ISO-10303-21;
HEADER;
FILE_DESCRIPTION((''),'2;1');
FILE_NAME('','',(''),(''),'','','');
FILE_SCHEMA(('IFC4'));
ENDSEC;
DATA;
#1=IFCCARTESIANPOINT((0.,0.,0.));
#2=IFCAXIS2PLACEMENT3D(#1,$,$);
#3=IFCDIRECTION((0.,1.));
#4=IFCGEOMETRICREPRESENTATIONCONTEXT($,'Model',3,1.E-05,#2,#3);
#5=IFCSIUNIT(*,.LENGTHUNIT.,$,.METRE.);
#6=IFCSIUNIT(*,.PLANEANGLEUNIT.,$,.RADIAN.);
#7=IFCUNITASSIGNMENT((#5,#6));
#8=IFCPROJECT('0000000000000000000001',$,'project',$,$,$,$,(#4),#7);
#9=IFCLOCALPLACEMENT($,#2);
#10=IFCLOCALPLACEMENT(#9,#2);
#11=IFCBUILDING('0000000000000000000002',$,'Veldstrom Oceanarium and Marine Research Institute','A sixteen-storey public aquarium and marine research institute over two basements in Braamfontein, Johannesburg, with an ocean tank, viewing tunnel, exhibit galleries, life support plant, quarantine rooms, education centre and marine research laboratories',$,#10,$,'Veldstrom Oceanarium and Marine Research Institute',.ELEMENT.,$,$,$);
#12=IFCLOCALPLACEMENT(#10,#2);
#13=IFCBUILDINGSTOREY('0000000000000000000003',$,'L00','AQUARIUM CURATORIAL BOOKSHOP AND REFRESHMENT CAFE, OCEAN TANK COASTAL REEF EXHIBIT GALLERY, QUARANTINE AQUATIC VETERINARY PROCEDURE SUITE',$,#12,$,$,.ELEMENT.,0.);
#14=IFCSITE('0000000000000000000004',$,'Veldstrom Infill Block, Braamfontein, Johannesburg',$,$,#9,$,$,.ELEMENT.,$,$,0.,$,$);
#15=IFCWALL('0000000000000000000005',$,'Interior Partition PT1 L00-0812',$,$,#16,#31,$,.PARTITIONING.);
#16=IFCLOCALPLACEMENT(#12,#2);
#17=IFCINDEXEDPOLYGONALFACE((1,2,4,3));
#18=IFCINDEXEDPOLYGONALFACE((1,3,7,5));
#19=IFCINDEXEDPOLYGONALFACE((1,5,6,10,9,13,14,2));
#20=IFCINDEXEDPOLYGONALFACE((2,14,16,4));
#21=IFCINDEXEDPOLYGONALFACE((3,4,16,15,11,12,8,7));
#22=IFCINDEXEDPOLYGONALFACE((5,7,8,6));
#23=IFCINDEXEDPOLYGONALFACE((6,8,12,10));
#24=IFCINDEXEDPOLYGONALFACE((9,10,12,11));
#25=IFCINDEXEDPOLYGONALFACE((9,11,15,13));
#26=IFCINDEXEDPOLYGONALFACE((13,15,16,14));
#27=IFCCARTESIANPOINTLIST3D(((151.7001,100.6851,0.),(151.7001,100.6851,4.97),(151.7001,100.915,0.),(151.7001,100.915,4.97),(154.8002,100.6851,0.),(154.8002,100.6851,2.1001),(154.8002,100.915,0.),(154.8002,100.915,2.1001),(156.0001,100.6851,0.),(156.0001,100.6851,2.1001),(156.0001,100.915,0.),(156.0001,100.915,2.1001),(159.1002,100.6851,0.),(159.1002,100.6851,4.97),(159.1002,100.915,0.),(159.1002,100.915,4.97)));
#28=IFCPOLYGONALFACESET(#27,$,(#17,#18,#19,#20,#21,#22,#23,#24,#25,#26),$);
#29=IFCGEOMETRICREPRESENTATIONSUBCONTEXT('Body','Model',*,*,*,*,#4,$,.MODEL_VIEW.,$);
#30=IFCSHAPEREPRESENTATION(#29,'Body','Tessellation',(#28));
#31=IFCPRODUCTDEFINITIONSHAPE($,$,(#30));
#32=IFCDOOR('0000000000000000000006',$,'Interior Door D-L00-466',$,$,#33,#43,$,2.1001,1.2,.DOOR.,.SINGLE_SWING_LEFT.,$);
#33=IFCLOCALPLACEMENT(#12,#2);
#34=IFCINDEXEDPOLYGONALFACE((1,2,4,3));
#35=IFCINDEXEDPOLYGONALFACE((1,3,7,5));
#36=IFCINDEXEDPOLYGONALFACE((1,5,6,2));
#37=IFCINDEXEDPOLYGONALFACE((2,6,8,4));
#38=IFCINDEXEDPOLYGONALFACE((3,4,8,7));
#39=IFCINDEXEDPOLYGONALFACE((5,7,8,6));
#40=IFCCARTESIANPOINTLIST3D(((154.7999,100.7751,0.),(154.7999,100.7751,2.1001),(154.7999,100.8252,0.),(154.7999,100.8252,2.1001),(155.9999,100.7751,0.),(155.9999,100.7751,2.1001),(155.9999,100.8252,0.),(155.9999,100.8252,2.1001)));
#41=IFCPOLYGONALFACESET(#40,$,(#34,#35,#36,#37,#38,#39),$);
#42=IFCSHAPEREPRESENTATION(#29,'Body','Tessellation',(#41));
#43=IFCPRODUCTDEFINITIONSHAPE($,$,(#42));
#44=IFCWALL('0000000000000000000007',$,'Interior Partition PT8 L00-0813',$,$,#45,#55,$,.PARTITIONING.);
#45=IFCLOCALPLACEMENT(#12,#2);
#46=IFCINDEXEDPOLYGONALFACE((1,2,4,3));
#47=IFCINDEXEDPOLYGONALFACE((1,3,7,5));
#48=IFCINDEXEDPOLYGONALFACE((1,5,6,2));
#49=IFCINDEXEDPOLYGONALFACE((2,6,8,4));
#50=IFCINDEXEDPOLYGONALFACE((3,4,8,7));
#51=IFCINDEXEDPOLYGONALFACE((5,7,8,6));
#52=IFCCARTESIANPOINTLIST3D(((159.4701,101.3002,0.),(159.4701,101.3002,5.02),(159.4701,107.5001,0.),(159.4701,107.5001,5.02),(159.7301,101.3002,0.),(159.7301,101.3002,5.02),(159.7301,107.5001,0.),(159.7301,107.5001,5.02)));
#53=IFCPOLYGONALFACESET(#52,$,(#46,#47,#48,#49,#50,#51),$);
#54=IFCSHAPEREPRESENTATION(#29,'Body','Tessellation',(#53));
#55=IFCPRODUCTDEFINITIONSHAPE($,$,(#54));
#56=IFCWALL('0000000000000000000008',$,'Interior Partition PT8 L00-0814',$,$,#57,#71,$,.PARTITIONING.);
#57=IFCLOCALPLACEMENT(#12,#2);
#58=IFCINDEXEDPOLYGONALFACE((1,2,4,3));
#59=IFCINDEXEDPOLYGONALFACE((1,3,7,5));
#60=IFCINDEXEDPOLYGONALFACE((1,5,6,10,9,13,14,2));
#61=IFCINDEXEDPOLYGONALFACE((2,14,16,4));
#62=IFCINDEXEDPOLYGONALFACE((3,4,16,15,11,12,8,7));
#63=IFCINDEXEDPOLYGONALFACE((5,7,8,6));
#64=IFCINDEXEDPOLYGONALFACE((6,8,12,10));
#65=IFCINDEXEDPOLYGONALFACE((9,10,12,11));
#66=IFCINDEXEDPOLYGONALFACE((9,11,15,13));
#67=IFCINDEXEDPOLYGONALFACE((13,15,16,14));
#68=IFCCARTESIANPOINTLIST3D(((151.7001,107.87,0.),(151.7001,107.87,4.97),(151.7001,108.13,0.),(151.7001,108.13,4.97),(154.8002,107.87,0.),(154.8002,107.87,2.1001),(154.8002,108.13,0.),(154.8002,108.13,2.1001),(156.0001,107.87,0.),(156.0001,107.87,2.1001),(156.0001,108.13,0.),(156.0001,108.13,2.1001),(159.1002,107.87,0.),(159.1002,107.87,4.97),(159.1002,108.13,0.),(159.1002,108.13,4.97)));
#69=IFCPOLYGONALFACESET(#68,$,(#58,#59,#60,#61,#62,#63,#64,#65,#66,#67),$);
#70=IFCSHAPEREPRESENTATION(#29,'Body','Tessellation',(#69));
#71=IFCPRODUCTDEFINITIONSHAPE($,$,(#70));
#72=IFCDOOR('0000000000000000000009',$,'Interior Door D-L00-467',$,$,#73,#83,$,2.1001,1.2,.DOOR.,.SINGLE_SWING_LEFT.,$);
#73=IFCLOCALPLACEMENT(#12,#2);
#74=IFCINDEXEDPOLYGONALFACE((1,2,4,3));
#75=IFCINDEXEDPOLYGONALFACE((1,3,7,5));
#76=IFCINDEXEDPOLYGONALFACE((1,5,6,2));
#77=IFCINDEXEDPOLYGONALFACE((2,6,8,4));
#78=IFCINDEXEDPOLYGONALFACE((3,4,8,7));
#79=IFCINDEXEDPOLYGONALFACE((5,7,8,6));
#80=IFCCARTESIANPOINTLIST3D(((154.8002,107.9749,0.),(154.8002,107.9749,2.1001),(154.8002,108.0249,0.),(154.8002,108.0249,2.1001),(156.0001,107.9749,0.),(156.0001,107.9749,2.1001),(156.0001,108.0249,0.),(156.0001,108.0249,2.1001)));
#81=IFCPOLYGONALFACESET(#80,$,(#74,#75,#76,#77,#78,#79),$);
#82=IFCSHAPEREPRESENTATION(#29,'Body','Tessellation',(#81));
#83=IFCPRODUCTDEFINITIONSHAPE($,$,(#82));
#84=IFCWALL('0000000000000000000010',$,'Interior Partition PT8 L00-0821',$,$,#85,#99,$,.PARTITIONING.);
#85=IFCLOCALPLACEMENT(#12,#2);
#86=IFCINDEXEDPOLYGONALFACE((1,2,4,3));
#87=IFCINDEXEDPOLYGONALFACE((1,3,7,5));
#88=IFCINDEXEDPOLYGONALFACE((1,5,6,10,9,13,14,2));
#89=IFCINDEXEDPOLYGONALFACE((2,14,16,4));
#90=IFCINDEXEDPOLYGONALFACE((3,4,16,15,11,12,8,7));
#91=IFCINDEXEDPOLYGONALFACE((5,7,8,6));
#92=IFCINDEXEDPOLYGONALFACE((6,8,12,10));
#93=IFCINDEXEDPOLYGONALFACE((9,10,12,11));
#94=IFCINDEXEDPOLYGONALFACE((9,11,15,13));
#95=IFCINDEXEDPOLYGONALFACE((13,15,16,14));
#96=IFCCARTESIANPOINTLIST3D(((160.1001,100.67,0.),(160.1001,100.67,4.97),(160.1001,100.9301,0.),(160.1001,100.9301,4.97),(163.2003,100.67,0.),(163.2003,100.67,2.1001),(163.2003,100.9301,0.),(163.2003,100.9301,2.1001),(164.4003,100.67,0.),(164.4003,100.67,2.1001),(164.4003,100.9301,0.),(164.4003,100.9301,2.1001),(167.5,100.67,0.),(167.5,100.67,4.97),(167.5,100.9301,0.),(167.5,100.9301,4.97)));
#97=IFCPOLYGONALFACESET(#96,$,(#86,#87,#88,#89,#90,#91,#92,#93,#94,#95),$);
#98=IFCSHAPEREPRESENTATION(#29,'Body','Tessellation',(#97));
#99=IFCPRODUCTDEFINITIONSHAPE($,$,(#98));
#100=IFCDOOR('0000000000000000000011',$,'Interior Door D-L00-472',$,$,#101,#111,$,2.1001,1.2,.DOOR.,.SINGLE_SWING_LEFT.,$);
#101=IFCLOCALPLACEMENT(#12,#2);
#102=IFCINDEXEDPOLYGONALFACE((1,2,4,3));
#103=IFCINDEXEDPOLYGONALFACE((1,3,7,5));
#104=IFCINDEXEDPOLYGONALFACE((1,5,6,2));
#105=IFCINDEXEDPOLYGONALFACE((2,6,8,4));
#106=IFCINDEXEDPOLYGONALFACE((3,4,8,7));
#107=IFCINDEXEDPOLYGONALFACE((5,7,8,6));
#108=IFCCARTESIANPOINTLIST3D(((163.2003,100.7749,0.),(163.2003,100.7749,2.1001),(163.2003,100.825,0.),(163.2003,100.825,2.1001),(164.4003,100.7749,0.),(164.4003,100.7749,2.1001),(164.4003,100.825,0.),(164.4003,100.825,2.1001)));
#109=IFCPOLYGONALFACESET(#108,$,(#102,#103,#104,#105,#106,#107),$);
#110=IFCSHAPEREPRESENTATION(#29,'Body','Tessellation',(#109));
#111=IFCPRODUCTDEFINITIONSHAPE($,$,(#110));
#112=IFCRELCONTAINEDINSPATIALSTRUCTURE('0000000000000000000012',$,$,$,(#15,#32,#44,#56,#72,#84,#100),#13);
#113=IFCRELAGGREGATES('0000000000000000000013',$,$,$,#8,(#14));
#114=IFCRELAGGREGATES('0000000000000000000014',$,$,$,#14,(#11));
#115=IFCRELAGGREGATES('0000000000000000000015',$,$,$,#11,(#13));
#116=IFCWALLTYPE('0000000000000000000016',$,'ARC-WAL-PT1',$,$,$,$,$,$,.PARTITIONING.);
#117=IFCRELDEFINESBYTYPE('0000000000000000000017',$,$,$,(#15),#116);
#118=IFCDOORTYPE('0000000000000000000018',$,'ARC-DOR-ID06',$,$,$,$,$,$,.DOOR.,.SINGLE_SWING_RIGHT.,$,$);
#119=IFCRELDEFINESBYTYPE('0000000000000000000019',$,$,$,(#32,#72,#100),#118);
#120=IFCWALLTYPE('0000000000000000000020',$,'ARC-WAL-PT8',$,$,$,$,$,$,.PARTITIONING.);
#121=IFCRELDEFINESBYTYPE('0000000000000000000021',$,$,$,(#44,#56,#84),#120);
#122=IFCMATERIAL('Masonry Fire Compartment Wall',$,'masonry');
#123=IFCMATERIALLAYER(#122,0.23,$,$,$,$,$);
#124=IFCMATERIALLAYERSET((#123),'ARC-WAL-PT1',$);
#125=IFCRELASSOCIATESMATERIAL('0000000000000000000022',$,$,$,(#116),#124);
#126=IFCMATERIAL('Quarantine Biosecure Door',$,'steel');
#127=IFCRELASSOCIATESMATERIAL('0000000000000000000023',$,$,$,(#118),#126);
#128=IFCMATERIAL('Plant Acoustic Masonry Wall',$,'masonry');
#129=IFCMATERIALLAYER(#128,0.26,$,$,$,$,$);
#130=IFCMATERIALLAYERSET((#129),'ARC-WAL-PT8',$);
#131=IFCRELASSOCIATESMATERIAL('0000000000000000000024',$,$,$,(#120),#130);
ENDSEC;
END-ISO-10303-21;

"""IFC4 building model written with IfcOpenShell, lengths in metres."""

from ifc_helpers import new_model, si_unit, direction, frame, frame_2d, origin, place, context, subcontext, project, spatial, rectangle, extrude, material, layer, layer_set, type_object, element, fill, save


model = new_model("IFC4")

# Units and contexts
model_context = context("Model", 3, precision=1e-05, world=origin(), true_north=direction((0.0, 1.0)))
body_context = subcontext(model_context, "Body", "Model", "MODEL_VIEW")
ifc_project = project(units=[si_unit("LENGTHUNIT", "METRE"), si_unit("PLANEANGLEUNIT", "RADIAN")], contexts=[model_context])

# Site, building, storey
site_placement = place(None, origin())
site = spatial("IfcSite", under=ifc_project, at=site_placement, Name="Veldstrom Infill Block, Braamfontein, Johannesburg", CompositionType="ELEMENT", RefElevation=0.0)
building_placement = place(site_placement, origin())
building = spatial("IfcBuilding", under=site, at=building_placement, Name="Veldstrom Oceanarium and Marine Research Institute", Description="A sixteen-storey public aquarium and marine research institute over two basements in Braamfontein, Johannesburg, with an ocean tank, viewing tunnel, exhibit galleries, life support plant, quarantine rooms, education centre and marine research laboratories", LongName="Veldstrom Oceanarium and Marine Research Institute", CompositionType="ELEMENT")
storey_placement = place(building_placement, origin())
storey = spatial("IfcBuildingStorey", under=building, at=storey_placement, Name="L00", Description="AQUARIUM CURATORIAL BOOKSHOP AND REFRESHMENT CAFE, OCEAN TANK COASTAL REEF EXHIBIT GALLERY, QUARANTINE AQUATIC VETERINARY PROCEDURE SUITE", CompositionType="ELEMENT", Elevation=0.0)

# Shared definitions
ifc_material_1 = material(Name="Masonry Fire Compartment Wall", Category="masonry")
ifc_layer_1 = layer(ifc_material_1, 0.23)
ifc_layer_set_1 = layer_set([ifc_layer_1], Name="ARC-WAL-PT1")
wall_type_1 = type_object("IfcWallType", Name="ARC-WAL-PT1", PredefinedType="PARTITIONING", material=ifc_layer_set_1)

# Wall, opening, door
wall_1_placement = place(storey_placement, frame((151.7, 100.8, 0.0), z_axis=(0.0, 0.0, 1.0), x_axis=(1.0, 0.0, 0.0)))
wall_1 = element("IfcWall", 1, at=wall_1_placement, inside=storey, type_object=wall_type_1, Name="Interior Partition PT1 L00-0812", PredefinedType="PARTITIONING", context=body_context, shape_type="SweptSolid", body=[
    extrude(rectangle(XDim=7.4001, YDim=0.23, at=frame_2d((3.7002, 0.0))), origin(), (0.0, 0.0, 1.0), 4.97),
])
opening_1_placement = place(wall_1_placement, frame((3.1001, 0.0, 0.0)))
opening_1 = element("IfcOpeningElement", 2, at=opening_1_placement, cuts=wall_1, PredefinedType="OPENING", context=body_context, shape_type="SweptSolid", body=[
    extrude(rectangle(XDim=1.2, YDim=2.1001, at=frame_2d((0.6001, 1.05))), frame((0.0, 0.125, 0.0), z_axis=(0.0, -1.0, 0.0), x_axis=(1.0, 0.0, 0.0)), (0.0, 0.0, 1.0), 0.25),
])
ifc_material_2 = material(Name="Quarantine Biosecure Door", Category="steel")
door_type_1 = type_object("IfcDoorType", Name="ARC-DOR-ID06", OperationType="SINGLE_SWING_RIGHT", PredefinedType="DOOR", material=ifc_material_2)
door_1_placement = place(opening_1_placement, frame((1.2, 0.0, 0.0), z_axis=(0.0, 0.0, 1.0), x_axis=(-1.0, 0.0, 0.0)))
door_1 = element("IfcDoor", 3, at=door_1_placement, inside=storey, type_object=door_type_1, Name="Interior Door D-L00-466", OperationType="SINGLE_SWING_LEFT", OverallHeight=2.1001, OverallWidth=1.2, PredefinedType="DOOR", context=body_context, shape_type="SweptSolid", body=[
    extrude(rectangle(XDim=1.2, YDim=2.1001, at=frame_2d((0.6001, 1.05))), frame((0.0, 0.0249, 0.0), z_axis=(0.0, -1.0, 0.0), x_axis=(1.0, 0.0, 0.0)), (0.0, 0.0, 1.0), 0.05),
])
fill(opening_1, door_1)

# Wall
ifc_material_3 = material(Name="Plant Acoustic Masonry Wall", Category="masonry")
ifc_layer_2 = layer(ifc_material_3, 0.26)
ifc_layer_set_2 = layer_set([ifc_layer_2], Name="ARC-WAL-PT8")
wall_type_2 = type_object("IfcWallType", Name="ARC-WAL-PT8", PredefinedType="PARTITIONING", material=ifc_layer_set_2)
wall_2_placement = place(storey_placement, frame((159.6001, 101.3, 0.0), z_axis=(0.0, 0.0, 1.0), x_axis=(0.0, 1.0, 0.0)))
element("IfcWall", 4, at=wall_2_placement, inside=storey, type_object=wall_type_2, Name="Interior Partition PT8 L00-0813", PredefinedType="PARTITIONING", context=body_context, shape_type="SweptSolid", body=[
    extrude(rectangle(XDim=6.2, YDim=0.26, at=frame_2d((3.1001, 0.0))), origin(), (0.0, 0.0, 1.0), 5.02),
])

# Walls, openings, doors
wall_3_placement = place(storey_placement, frame((151.7, 108.0, 0.0), z_axis=(0.0, 0.0, 1.0), x_axis=(1.0, 0.0, 0.0)))
wall_3 = element("IfcWall", 5, at=wall_3_placement, inside=storey, type_object=wall_type_2, Name="Interior Partition PT8 L00-0814", PredefinedType="PARTITIONING", context=body_context, shape_type="SweptSolid", body=[
    extrude(rectangle(XDim=7.4001, YDim=0.26, at=frame_2d((3.7002, 0.0))), origin(), (0.0, 0.0, 1.0), 4.97),
])
opening_2_placement = place(wall_3_placement, frame((3.1001, 0.0, 0.0)))
opening_2 = element("IfcOpeningElement", 6, at=opening_2_placement, cuts=wall_3, PredefinedType="OPENING", context=body_context, shape_type="SweptSolid", body=[
    extrude(rectangle(XDim=1.2, YDim=2.1001, at=frame_2d((0.6001, 1.05))), frame((0.0, 0.1399, 0.0), z_axis=(0.0, -1.0, 0.0), x_axis=(1.0, 0.0, 0.0)), (0.0, 0.0, 1.0), 0.28),
])
door_2_placement = place(opening_2_placement, origin())
door_2 = element("IfcDoor", 7, at=door_2_placement, inside=storey, type_object=door_type_1, Name="Interior Door D-L00-467", OperationType="SINGLE_SWING_LEFT", OverallHeight=2.1001, OverallWidth=1.2, PredefinedType="DOOR", context=body_context, shape_type="SweptSolid", body=[
    extrude(rectangle(XDim=1.2, YDim=2.1001, at=frame_2d((0.6001, 1.05))), frame((0.0, 0.0249, 0.0), z_axis=(0.0, -1.0, 0.0), x_axis=(1.0, 0.0, 0.0)), (0.0, 0.0, 1.0), 0.05),
])
fill(opening_2, door_2)
wall_4_placement = place(storey_placement, frame((160.1001, 100.8, 0.0), z_axis=(0.0, 0.0, 1.0), x_axis=(1.0, 0.0, 0.0)))
wall_4 = element("IfcWall", 8, at=wall_4_placement, inside=storey, type_object=wall_type_2, Name="Interior Partition PT8 L00-0821", PredefinedType="PARTITIONING", context=body_context, shape_type="SweptSolid", body=[
    extrude(rectangle(XDim=7.3999, YDim=0.26, at=frame_2d((3.7, 0.0))), origin(), (0.0, 0.0, 1.0), 4.97),
])
opening_3_placement = place(wall_4_placement, frame((3.1001, 0.0, 0.0)))
opening_3 = element("IfcOpeningElement", 9, at=opening_3_placement, cuts=wall_4, PredefinedType="OPENING", context=body_context, shape_type="SweptSolid", body=[
    extrude(rectangle(XDim=1.2, YDim=2.1001, at=frame_2d((0.6001, 1.05))), frame((0.0, 0.1399, 0.0), z_axis=(0.0, -1.0, 0.0), x_axis=(1.0, 0.0, 0.0)), (0.0, 0.0, 1.0), 0.28),
])
door_3_placement = place(opening_3_placement, origin())
door_3 = element("IfcDoor", 10, at=door_3_placement, inside=storey, type_object=door_type_1, Name="Interior Door D-L00-472", OperationType="SINGLE_SWING_LEFT", OverallHeight=2.1001, OverallWidth=1.2, PredefinedType="DOOR", context=body_context, shape_type="SweptSolid", body=[
    extrude(rectangle(XDim=1.2, YDim=2.1001, at=frame_2d((0.6001, 1.05))), frame((0.0, 0.0249, 0.0), z_axis=(0.0, -1.0, 0.0), x_axis=(1.0, 0.0, 0.0)), (0.0, 0.0, 1.0), 0.05),
])
fill(opening_3, door_3)

save(model, "model.ifc")
